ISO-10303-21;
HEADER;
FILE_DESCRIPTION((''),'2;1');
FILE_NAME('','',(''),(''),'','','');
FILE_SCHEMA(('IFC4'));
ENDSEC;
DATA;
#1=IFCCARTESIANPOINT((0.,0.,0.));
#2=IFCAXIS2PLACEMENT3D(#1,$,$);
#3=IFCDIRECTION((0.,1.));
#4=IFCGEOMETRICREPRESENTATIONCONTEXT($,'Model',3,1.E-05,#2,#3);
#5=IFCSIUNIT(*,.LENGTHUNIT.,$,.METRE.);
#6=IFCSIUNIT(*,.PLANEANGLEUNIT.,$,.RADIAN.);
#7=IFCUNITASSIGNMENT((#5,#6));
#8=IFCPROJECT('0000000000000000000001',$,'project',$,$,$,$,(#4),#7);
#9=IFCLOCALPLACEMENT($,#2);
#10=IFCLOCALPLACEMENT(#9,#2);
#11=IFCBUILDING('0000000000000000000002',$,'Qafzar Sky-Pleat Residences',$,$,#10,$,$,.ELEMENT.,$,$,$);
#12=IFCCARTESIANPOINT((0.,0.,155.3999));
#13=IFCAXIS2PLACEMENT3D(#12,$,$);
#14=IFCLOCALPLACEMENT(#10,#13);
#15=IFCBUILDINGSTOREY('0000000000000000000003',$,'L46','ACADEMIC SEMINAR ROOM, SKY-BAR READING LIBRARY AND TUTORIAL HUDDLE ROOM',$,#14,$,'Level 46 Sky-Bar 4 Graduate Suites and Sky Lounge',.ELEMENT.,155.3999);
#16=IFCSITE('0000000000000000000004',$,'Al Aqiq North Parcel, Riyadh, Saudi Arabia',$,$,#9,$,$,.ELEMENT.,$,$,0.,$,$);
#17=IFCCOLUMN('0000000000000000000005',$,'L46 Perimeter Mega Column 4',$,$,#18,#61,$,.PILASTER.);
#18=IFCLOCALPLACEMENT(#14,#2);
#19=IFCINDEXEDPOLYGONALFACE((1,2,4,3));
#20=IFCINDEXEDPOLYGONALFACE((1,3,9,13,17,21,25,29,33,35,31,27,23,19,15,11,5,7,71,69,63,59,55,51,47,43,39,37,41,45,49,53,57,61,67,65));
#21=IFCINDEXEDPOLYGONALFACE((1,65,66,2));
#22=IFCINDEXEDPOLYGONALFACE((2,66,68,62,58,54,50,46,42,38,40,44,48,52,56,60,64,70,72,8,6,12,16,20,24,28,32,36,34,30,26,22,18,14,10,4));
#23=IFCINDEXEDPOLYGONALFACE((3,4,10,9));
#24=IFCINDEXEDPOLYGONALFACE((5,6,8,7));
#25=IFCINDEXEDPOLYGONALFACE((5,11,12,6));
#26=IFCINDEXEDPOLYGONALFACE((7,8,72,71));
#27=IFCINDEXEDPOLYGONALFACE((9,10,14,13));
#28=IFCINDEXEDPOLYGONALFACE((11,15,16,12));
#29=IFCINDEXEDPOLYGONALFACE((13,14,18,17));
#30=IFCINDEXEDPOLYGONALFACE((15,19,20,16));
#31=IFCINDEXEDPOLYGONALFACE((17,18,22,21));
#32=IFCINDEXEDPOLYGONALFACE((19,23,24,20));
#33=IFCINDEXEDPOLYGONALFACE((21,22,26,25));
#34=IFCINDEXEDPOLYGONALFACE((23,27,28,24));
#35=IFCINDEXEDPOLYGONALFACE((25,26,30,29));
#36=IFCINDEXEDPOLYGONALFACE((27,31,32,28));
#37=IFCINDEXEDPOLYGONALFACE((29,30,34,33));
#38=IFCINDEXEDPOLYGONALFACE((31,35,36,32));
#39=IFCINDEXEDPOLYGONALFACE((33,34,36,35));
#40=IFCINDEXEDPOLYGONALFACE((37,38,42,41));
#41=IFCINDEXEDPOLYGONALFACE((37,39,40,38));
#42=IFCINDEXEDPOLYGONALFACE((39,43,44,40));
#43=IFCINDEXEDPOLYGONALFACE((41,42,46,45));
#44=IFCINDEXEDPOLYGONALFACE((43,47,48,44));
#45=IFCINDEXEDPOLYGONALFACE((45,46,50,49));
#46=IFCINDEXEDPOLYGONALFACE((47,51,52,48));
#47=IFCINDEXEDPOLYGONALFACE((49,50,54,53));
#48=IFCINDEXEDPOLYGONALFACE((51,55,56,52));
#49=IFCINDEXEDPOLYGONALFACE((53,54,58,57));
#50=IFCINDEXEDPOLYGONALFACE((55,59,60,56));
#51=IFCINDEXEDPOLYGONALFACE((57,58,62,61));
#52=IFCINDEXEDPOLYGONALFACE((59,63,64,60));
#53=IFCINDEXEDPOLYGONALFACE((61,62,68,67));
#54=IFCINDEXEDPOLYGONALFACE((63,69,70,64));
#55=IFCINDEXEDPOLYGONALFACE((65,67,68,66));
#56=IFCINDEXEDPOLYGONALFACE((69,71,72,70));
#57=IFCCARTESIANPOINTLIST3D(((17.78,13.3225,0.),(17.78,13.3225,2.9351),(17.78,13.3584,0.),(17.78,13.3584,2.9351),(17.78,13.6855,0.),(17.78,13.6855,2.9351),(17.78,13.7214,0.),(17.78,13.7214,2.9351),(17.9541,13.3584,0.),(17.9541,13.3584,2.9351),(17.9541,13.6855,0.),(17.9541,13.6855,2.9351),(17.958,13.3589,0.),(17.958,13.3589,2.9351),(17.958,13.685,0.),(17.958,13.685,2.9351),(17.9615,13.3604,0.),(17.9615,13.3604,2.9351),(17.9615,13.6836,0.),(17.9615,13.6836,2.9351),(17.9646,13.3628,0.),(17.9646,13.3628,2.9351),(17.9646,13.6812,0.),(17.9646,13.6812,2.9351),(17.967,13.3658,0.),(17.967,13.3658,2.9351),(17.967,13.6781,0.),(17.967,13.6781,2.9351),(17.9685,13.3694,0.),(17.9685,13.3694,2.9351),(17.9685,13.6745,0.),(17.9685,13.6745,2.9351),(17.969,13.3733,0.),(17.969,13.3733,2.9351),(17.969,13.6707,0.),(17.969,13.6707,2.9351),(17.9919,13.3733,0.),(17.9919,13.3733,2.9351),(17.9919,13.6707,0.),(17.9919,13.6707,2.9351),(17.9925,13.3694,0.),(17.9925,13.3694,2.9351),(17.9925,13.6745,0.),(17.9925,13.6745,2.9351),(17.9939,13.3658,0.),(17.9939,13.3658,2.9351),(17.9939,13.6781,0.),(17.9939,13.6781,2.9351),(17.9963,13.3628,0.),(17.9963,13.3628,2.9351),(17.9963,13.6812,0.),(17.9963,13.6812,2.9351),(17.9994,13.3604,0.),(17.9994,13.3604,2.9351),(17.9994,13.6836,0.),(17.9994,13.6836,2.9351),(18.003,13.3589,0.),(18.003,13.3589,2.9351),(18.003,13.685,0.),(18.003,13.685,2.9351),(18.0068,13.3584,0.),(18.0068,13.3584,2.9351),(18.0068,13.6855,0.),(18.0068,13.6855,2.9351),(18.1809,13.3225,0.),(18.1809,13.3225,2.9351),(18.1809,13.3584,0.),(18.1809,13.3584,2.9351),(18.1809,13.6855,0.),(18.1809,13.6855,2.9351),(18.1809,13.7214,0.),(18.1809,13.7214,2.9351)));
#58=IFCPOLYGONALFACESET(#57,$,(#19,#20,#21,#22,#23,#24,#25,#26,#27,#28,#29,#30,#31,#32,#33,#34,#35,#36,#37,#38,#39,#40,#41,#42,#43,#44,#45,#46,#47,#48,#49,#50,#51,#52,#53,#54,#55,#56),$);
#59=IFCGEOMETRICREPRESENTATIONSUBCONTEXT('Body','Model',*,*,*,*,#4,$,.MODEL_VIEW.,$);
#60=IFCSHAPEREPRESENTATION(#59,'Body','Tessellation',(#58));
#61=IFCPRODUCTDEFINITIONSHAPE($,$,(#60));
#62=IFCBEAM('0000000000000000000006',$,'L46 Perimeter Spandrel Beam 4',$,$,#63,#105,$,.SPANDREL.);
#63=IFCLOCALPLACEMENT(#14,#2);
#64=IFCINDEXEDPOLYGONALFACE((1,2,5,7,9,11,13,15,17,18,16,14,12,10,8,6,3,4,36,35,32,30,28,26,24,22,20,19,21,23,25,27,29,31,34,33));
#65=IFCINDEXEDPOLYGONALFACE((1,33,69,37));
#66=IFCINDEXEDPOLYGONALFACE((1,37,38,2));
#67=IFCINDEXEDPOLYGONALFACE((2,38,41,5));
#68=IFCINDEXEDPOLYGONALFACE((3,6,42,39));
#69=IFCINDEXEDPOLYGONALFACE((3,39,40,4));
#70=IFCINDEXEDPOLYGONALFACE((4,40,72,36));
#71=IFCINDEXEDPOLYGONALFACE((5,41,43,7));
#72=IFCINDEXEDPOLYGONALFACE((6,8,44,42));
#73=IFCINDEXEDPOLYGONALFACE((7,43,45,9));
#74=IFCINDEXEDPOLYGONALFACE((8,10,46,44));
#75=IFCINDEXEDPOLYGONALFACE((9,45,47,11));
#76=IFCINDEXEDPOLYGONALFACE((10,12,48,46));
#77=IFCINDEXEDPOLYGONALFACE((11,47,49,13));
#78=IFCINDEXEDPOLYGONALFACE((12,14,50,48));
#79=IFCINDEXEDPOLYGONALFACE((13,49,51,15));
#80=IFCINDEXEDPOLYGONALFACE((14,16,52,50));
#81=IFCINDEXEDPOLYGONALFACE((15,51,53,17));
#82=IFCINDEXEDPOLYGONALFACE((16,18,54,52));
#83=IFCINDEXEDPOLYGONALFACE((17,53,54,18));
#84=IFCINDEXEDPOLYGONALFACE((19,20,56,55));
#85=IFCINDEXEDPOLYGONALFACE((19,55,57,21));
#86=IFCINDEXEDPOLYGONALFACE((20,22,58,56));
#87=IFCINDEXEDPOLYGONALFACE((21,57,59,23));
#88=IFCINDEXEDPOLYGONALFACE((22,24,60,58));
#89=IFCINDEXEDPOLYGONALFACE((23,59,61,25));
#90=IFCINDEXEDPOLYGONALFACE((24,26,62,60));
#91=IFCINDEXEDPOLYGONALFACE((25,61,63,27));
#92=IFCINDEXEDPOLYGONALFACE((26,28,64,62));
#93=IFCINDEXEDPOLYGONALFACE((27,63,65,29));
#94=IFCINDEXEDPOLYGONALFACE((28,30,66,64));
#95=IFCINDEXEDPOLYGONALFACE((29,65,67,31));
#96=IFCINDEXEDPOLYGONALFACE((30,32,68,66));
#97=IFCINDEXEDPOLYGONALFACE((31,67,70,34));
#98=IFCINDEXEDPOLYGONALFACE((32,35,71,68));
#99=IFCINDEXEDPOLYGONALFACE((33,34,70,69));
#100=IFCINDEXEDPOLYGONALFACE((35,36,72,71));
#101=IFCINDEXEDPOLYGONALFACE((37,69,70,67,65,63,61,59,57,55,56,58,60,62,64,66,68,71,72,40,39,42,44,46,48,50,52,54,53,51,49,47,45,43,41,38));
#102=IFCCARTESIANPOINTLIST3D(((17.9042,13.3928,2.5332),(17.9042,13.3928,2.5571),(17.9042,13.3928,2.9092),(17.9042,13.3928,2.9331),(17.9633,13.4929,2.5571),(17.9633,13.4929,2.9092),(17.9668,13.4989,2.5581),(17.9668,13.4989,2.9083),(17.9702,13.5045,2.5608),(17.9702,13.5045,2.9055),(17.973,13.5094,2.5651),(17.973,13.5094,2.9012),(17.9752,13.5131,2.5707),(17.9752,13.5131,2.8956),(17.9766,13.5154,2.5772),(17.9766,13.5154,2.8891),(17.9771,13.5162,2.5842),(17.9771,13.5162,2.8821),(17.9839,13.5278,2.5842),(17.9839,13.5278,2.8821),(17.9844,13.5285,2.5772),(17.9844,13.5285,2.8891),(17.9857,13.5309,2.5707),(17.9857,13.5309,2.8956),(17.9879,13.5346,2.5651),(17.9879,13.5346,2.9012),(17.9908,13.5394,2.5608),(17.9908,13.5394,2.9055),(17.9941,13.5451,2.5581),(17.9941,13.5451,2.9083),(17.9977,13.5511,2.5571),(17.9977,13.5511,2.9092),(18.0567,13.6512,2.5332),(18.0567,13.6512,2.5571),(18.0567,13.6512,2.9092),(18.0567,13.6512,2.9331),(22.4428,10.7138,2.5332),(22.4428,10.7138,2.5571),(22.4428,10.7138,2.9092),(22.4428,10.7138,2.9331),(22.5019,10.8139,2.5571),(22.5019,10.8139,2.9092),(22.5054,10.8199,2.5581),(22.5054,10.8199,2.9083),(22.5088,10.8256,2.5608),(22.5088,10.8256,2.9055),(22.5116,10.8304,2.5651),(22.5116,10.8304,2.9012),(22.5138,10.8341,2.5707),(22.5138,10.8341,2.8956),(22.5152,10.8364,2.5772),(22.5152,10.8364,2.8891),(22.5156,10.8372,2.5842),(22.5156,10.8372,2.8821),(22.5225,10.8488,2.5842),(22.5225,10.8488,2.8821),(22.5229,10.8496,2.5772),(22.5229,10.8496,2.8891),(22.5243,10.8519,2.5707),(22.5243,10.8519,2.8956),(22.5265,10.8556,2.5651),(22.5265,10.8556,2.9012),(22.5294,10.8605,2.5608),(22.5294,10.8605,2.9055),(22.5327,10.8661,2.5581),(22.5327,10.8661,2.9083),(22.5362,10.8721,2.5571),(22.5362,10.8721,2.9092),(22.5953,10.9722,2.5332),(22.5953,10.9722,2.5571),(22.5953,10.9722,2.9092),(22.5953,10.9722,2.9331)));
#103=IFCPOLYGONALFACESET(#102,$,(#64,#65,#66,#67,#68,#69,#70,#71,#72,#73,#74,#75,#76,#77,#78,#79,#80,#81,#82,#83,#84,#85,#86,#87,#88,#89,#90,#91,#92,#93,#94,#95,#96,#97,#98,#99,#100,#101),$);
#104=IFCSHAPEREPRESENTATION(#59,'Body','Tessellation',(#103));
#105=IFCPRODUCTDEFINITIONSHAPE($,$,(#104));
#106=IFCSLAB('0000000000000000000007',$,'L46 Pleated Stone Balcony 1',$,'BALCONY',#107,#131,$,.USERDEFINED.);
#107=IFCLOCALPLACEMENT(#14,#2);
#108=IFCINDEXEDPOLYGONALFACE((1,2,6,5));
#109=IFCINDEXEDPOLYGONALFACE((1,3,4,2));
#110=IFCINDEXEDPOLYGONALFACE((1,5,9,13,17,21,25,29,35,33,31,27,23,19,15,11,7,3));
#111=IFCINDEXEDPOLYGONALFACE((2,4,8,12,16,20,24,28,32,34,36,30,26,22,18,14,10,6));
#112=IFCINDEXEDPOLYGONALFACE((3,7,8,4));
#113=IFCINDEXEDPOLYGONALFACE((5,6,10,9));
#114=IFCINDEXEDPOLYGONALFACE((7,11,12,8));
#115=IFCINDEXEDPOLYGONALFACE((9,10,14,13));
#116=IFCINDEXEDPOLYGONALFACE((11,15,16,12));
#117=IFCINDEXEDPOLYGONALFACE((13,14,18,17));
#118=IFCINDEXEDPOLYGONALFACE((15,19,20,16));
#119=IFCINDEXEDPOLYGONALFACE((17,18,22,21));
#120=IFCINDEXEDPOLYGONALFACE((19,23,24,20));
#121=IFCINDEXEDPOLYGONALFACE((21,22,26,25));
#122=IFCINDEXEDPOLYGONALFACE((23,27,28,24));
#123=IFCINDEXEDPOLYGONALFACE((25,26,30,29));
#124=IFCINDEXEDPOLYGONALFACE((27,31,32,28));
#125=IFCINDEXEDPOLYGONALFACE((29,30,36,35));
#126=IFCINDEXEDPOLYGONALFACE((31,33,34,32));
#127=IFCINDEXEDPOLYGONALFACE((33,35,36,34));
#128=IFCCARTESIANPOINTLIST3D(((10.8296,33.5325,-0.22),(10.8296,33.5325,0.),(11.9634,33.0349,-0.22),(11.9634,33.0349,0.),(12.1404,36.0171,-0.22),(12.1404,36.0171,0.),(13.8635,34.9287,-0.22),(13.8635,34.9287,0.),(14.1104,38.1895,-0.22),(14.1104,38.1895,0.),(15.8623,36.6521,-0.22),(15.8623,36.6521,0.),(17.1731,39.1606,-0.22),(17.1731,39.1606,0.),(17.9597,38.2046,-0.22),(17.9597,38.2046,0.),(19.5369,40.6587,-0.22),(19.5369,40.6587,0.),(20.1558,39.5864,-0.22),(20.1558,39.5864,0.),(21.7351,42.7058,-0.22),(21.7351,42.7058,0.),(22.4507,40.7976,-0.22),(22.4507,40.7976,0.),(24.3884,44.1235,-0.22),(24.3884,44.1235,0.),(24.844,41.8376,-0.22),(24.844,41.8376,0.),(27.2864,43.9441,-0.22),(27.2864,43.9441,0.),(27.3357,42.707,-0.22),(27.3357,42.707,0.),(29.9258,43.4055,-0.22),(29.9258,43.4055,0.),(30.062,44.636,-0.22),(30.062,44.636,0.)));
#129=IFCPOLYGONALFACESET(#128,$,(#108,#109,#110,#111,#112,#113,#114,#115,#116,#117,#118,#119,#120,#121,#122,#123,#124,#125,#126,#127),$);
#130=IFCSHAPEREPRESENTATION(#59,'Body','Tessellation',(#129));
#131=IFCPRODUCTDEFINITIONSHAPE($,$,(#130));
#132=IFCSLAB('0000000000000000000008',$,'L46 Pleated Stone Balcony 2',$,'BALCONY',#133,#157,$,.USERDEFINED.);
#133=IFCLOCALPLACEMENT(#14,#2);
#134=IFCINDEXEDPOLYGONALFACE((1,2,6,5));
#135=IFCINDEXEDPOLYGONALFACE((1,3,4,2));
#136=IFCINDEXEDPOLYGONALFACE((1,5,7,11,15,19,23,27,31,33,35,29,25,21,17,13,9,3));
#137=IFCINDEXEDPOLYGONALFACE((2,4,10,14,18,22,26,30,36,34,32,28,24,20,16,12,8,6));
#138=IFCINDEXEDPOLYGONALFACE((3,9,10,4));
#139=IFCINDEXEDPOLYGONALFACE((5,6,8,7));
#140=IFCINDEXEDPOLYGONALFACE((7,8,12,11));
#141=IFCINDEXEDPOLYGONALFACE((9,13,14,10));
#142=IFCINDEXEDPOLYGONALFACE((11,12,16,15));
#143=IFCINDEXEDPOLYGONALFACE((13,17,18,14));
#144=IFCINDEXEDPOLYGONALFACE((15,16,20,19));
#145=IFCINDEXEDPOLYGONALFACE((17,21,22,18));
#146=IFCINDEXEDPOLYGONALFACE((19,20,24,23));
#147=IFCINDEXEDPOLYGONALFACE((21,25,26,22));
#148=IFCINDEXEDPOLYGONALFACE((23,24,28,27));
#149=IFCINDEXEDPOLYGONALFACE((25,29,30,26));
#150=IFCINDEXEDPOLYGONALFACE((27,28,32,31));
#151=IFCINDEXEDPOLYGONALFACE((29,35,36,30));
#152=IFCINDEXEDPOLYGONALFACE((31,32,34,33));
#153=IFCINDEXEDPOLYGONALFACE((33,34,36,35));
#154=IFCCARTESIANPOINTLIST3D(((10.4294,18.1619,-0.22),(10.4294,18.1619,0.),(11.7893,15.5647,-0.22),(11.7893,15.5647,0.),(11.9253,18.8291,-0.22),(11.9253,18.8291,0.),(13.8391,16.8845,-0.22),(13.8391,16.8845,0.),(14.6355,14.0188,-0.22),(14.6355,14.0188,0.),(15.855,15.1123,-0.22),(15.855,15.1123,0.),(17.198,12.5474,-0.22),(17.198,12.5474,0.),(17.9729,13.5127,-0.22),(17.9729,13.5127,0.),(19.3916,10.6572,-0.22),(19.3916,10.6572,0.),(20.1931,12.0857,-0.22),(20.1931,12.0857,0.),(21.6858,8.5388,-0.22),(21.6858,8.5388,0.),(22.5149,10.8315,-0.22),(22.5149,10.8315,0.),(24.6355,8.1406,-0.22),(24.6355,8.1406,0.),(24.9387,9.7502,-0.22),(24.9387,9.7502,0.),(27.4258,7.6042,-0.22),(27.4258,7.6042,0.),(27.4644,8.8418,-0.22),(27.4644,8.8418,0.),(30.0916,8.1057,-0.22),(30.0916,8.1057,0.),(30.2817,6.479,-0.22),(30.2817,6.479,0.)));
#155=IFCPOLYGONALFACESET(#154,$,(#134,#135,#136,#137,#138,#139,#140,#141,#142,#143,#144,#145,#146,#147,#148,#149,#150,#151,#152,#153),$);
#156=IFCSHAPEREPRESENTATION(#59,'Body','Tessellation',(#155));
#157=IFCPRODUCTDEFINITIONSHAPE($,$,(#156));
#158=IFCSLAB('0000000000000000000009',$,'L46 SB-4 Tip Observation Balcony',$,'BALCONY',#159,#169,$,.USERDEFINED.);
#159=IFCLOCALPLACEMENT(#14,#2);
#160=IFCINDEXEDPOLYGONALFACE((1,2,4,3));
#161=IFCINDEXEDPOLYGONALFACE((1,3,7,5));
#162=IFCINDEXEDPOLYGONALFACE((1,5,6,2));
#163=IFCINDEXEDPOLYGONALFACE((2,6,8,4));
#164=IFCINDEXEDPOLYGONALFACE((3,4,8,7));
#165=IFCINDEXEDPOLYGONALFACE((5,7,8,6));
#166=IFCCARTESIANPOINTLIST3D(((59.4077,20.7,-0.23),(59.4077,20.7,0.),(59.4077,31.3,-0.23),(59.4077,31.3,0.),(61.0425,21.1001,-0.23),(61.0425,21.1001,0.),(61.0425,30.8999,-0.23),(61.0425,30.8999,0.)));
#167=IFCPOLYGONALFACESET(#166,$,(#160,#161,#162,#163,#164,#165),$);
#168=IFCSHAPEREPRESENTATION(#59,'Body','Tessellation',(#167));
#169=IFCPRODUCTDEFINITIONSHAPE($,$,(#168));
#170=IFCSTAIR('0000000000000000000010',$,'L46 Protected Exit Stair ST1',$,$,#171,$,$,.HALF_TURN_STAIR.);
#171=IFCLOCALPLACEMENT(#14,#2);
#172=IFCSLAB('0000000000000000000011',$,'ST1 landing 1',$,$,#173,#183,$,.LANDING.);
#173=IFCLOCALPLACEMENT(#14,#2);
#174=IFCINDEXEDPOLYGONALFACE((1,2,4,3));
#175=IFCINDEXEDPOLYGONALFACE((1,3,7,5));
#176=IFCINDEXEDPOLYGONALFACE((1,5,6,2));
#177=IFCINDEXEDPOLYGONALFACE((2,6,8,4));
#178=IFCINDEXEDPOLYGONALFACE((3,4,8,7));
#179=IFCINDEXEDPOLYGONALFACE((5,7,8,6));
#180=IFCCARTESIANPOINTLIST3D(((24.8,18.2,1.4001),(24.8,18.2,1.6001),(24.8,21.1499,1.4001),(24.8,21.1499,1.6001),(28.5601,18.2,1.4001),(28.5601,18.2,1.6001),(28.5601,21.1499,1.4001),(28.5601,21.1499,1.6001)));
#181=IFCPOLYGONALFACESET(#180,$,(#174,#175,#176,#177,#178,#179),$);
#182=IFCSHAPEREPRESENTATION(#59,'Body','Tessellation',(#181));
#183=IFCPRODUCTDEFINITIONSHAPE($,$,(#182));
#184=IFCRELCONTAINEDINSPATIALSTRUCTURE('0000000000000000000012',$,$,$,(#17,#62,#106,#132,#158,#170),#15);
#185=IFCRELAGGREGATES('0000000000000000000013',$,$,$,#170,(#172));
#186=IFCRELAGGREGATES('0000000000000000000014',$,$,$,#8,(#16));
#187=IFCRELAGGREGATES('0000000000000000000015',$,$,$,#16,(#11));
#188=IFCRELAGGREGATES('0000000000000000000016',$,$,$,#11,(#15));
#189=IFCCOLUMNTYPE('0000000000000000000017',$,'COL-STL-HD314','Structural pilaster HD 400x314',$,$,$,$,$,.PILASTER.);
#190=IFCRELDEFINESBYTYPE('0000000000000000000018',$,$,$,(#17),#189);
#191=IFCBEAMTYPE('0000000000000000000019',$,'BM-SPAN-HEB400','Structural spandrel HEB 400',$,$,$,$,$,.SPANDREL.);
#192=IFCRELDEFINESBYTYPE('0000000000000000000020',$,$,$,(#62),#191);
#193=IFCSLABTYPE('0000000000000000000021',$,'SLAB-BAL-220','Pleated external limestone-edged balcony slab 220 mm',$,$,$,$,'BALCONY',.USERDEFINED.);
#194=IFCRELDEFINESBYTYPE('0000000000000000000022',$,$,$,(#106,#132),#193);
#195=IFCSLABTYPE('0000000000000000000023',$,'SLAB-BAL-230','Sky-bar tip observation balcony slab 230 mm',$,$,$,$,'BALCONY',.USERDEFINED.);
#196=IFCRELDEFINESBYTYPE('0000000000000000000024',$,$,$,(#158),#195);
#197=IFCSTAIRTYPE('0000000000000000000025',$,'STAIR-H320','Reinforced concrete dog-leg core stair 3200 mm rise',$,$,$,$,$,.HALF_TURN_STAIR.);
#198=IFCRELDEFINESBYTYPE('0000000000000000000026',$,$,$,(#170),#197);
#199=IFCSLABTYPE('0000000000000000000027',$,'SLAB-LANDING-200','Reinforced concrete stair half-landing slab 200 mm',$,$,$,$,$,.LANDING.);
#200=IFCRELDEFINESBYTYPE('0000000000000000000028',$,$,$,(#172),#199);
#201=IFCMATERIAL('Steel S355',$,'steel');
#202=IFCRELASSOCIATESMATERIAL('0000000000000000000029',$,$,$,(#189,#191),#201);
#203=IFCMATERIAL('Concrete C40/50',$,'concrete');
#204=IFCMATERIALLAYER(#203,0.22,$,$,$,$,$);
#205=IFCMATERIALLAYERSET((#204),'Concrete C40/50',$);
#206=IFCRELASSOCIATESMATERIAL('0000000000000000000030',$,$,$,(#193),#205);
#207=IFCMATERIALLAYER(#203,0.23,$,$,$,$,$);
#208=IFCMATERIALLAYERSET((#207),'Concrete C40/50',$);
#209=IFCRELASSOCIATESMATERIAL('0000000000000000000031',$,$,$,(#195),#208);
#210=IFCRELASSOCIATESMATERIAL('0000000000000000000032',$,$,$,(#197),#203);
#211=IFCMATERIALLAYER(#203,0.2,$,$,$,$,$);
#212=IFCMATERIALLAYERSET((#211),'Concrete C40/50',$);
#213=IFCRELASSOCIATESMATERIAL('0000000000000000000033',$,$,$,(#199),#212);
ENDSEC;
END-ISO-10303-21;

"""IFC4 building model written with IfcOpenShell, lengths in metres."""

from ifc_helpers import new_model, si_unit, direction, frame, origin, origin_2d, place, context, subcontext, project, spatial, polyline, i_section, outline, extrude, source, transform, mapped, material, layer, layer_set, material_profile, profile_set, type_object, element, aggregate, save


model = new_model("IFC4")

# Units and contexts
model_context = context("Model", 3, precision=1e-05, world=origin(), true_north=direction((0.0, 1.0)))
body_context = subcontext(model_context, "Body", "Model", "MODEL_VIEW")
ifc_project = project(units=[si_unit("LENGTHUNIT", "METRE"), si_unit("PLANEANGLEUNIT", "RADIAN")], contexts=[model_context])

# Site, building, storey
site_placement = place(None, origin())
site = spatial("IfcSite", under=ifc_project, at=site_placement, Name="Al Aqiq North Parcel, Riyadh, Saudi Arabia", CompositionType="ELEMENT", RefElevation=0.0)
building_placement = place(site_placement, origin())
building = spatial("IfcBuilding", under=site, at=building_placement, Name="Qafzar Sky-Pleat Residences", CompositionType="ELEMENT")
storey_placement = place(building_placement, frame((0.0, 0.0, 155.3999)))
storey = spatial("IfcBuildingStorey", under=building, at=storey_placement, Name="L46", Description="ACADEMIC SEMINAR ROOM, SKY-BAR READING LIBRARY AND TUTORIAL HUDDLE ROOM", LongName="Level 46 Sky-Bar 4 Graduate Suites and Sky Lounge", CompositionType="ELEMENT", Elevation=155.3999)

# Column
ifc_material_1 = material(Name="Steel S355", Category="steel")
ifc_material_profile_1 = material_profile(ifc_material_1, i_section(OverallWidth=0.4009, OverallDepth=0.3989, WebThickness=0.0229, FlangeThickness=0.0359, FilletRadius=0.0149, at=origin_2d()), Name="HD 400x314")
ifc_profile_set_1 = profile_set([ifc_material_profile_1], Name="Steel S355")
column_type = type_object("IfcColumnType", Name="COL-STL-HD314", Description="Structural pilaster HD 400x314", PredefinedType="PILASTER", material=ifc_profile_set_1)
shared_shape_1 = source(origin(), body_context, "Body", "SweptSolid", [
    extrude(i_section(OverallWidth=0.4009, OverallDepth=0.3989, WebThickness=0.0229, FlangeThickness=0.0359, FilletRadius=0.0149, at=origin_2d()), origin(), (0.0, 0.0, 1.0), 2.9351),
])
column_placement = place(storey_placement, frame((17.9805, 13.522, 0.0), z_axis=(0.0, 0.0, 1.0), x_axis=(1.0, 0.0, 0.0)))
element("IfcColumn", 1, at=column_placement, inside=storey, type_object=column_type, Name="L46 Perimeter Mega Column 4", PredefinedType="PILASTER", context=body_context, shape_type="MappedRepresentation", body=[
    mapped(shared_shape_1, transform((0.0, 0.0, 0.0), x_axis=(1.0, 0.0, 0.0), y_axis=(0.0, 1.0, 0.0), z_axis=(0.0, 0.0, 1.0), scale=1.0)),
])

# Beam
ifc_material_profile_2 = material_profile(ifc_material_1, i_section(OverallWidth=0.3, OverallDepth=0.3999, WebThickness=0.0134, FlangeThickness=0.0239, FilletRadius=0.0271, at=origin_2d()), Name="HEB 400")
ifc_profile_set_2 = profile_set([ifc_material_profile_2], Name="Steel S355")
beam_type = type_object("IfcBeamType", Name="BM-SPAN-HEB400", Description="Structural spandrel HEB 400", PredefinedType="SPANDREL", material=ifc_profile_set_2)
shared_shape_2 = source(origin(), body_context, "Body", "SweptSolid", [
    extrude(i_section(OverallWidth=0.3, OverallDepth=0.3999, WebThickness=0.0134, FlangeThickness=0.0239, FilletRadius=0.0271, at=origin_2d()), origin(), (0.0, 0.0, 1.0), 5.2703),
])
beam_placement = place(storey_placement, frame((17.9805, 13.522, 2.7332), z_axis=(0.86117, -0.508317, 0.0), x_axis=(0.508317, 0.86117, 0.0)))
element("IfcBeam", 2, at=beam_placement, inside=storey, type_object=beam_type, Name="L46 Perimeter Spandrel Beam 4", PredefinedType="SPANDREL", context=body_context, shape_type="MappedRepresentation", body=[
    mapped(shared_shape_2, transform((0.0, 0.0, 0.0), x_axis=(1.0, 0.0, 0.0), y_axis=(0.0, 1.0, 0.0), z_axis=(0.0, 0.0, 1.0), scale=1.0)),
])

# Slabs
ifc_material_2 = material(Name="Concrete C40/50", Category="concrete")
ifc_layer_1 = layer(ifc_material_2, 0.22)
ifc_layer_set_1 = layer_set([ifc_layer_1], Name="Concrete C40/50")
slab_type_1 = type_object("IfcSlabType", Name="SLAB-BAL-220", Description="Pleated external limestone-edged balcony slab 220 mm", ElementType="BALCONY", PredefinedType="USERDEFINED", material=ifc_layer_set_1)
slab_1_placement = place(storey_placement, frame((0.0, 0.0, -0.22)))
element("IfcSlab", 3, at=slab_1_placement, inside=storey, type_object=slab_type_1, Name="L46 Pleated Stone Balcony 1", ObjectType="BALCONY", PredefinedType="USERDEFINED", context=body_context, shape_type="SweptSolid", body=[
    extrude(outline(polyline([(27.3357, 42.707), (24.844, 41.8376), (22.4507, 40.7976), (20.1558, 39.5864), (17.9597, 38.2046), (15.8623, 36.6521), (13.8635, 34.9287), (11.9634, 33.0349), (10.8296, 33.5325), (12.1404, 36.0171), (14.1104, 38.1895), (17.1731, 39.1606), (19.5369, 40.6587), (21.7351, 42.7058), (24.3884, 44.1235), (27.2864, 43.9441), (30.062, 44.636), (29.9258, 43.4055), (27.3357, 42.707)])), origin(), (0.0, 0.0, 1.0), 0.22),
])
slab_2_placement = place(storey_placement, frame((0.0, 0.0, -0.22)))
element("IfcSlab", 4, at=slab_2_placement, inside=storey, type_object=slab_type_1, Name="L46 Pleated Stone Balcony 2", ObjectType="BALCONY", PredefinedType="USERDEFINED", context=body_context, shape_type="SweptSolid", body=[
    extrude(outline(polyline([(13.8391, 16.8845), (15.855, 15.1123), (17.9729, 13.5127), (20.1931, 12.0857), (22.5149, 10.8315), (24.9387, 9.7502), (27.4644, 8.8418), (30.0916, 8.1057), (30.2817, 6.479), (27.4258, 7.6042), (24.6355, 8.1406), (21.6858, 8.5388), (19.3916, 10.6572), (17.198, 12.5474), (14.6355, 14.0188), (11.7893, 15.5647), (10.4294, 18.1619), (11.9253, 18.8291), (13.8391, 16.8845)])), origin(), (0.0, 0.0, 1.0), 0.22),
])
ifc_layer_2 = layer(ifc_material_2, 0.23)
ifc_layer_set_2 = layer_set([ifc_layer_2], Name="Concrete C40/50")
slab_type_2 = type_object("IfcSlabType", Name="SLAB-BAL-230", Description="Sky-bar tip observation balcony slab 230 mm", ElementType="BALCONY", PredefinedType="USERDEFINED", material=ifc_layer_set_2)
slab_3_placement = place(storey_placement, frame((0.0, 0.0, -0.23)))
element("IfcSlab", 5, at=slab_3_placement, inside=storey, type_object=slab_type_2, Name="L46 SB-4 Tip Observation Balcony", ObjectType="BALCONY", PredefinedType="USERDEFINED", context=body_context, shape_type="SweptSolid", body=[
    extrude(outline(polyline([(59.4077, 20.7), (61.0425, 21.1001), (61.0425, 30.8999), (59.4077, 31.3), (59.4077, 20.7)])), origin(), (0.0, 0.0, 1.0), 0.23),
])

# Stair, slab
stair_type = type_object("IfcStairType", Name="STAIR-H320", Description="Reinforced concrete dog-leg core stair 3200 mm rise", PredefinedType="HALF_TURN_STAIR", material=ifc_material_2)
stair_1_placement = place(storey_placement, origin())
stair_1 = element("IfcStair", 6, at=stair_1_placement, inside=storey, type_object=stair_type, Name="L46 Protected Exit Stair ST1", PredefinedType="HALF_TURN_STAIR")
ifc_layer_3 = layer(ifc_material_2, 0.2)
ifc_layer_set_3 = layer_set([ifc_layer_3], Name="Concrete C40/50")
slab_type_3 = type_object("IfcSlabType", Name="SLAB-LANDING-200", Description="Reinforced concrete stair half-landing slab 200 mm", PredefinedType="LANDING", material=ifc_layer_set_3)
slab_4_placement = place(storey_placement, frame((0.0, 0.0, 1.4001)))
slab_4 = element("IfcSlab", 7, at=slab_4_placement, type_object=slab_type_3, Name="ST1 landing 1", PredefinedType="LANDING", context=body_context, shape_type="SweptSolid", body=[
    extrude(outline(polyline([(28.5601, 21.1499), (24.8, 21.1499), (24.8, 18.2), (28.5601, 18.2), (28.5601, 21.1499)])), origin(), (0.0, 0.0, 1.0), 0.2),
])
aggregate(stair_1, [slab_4])

save(model, "model.ifc")
